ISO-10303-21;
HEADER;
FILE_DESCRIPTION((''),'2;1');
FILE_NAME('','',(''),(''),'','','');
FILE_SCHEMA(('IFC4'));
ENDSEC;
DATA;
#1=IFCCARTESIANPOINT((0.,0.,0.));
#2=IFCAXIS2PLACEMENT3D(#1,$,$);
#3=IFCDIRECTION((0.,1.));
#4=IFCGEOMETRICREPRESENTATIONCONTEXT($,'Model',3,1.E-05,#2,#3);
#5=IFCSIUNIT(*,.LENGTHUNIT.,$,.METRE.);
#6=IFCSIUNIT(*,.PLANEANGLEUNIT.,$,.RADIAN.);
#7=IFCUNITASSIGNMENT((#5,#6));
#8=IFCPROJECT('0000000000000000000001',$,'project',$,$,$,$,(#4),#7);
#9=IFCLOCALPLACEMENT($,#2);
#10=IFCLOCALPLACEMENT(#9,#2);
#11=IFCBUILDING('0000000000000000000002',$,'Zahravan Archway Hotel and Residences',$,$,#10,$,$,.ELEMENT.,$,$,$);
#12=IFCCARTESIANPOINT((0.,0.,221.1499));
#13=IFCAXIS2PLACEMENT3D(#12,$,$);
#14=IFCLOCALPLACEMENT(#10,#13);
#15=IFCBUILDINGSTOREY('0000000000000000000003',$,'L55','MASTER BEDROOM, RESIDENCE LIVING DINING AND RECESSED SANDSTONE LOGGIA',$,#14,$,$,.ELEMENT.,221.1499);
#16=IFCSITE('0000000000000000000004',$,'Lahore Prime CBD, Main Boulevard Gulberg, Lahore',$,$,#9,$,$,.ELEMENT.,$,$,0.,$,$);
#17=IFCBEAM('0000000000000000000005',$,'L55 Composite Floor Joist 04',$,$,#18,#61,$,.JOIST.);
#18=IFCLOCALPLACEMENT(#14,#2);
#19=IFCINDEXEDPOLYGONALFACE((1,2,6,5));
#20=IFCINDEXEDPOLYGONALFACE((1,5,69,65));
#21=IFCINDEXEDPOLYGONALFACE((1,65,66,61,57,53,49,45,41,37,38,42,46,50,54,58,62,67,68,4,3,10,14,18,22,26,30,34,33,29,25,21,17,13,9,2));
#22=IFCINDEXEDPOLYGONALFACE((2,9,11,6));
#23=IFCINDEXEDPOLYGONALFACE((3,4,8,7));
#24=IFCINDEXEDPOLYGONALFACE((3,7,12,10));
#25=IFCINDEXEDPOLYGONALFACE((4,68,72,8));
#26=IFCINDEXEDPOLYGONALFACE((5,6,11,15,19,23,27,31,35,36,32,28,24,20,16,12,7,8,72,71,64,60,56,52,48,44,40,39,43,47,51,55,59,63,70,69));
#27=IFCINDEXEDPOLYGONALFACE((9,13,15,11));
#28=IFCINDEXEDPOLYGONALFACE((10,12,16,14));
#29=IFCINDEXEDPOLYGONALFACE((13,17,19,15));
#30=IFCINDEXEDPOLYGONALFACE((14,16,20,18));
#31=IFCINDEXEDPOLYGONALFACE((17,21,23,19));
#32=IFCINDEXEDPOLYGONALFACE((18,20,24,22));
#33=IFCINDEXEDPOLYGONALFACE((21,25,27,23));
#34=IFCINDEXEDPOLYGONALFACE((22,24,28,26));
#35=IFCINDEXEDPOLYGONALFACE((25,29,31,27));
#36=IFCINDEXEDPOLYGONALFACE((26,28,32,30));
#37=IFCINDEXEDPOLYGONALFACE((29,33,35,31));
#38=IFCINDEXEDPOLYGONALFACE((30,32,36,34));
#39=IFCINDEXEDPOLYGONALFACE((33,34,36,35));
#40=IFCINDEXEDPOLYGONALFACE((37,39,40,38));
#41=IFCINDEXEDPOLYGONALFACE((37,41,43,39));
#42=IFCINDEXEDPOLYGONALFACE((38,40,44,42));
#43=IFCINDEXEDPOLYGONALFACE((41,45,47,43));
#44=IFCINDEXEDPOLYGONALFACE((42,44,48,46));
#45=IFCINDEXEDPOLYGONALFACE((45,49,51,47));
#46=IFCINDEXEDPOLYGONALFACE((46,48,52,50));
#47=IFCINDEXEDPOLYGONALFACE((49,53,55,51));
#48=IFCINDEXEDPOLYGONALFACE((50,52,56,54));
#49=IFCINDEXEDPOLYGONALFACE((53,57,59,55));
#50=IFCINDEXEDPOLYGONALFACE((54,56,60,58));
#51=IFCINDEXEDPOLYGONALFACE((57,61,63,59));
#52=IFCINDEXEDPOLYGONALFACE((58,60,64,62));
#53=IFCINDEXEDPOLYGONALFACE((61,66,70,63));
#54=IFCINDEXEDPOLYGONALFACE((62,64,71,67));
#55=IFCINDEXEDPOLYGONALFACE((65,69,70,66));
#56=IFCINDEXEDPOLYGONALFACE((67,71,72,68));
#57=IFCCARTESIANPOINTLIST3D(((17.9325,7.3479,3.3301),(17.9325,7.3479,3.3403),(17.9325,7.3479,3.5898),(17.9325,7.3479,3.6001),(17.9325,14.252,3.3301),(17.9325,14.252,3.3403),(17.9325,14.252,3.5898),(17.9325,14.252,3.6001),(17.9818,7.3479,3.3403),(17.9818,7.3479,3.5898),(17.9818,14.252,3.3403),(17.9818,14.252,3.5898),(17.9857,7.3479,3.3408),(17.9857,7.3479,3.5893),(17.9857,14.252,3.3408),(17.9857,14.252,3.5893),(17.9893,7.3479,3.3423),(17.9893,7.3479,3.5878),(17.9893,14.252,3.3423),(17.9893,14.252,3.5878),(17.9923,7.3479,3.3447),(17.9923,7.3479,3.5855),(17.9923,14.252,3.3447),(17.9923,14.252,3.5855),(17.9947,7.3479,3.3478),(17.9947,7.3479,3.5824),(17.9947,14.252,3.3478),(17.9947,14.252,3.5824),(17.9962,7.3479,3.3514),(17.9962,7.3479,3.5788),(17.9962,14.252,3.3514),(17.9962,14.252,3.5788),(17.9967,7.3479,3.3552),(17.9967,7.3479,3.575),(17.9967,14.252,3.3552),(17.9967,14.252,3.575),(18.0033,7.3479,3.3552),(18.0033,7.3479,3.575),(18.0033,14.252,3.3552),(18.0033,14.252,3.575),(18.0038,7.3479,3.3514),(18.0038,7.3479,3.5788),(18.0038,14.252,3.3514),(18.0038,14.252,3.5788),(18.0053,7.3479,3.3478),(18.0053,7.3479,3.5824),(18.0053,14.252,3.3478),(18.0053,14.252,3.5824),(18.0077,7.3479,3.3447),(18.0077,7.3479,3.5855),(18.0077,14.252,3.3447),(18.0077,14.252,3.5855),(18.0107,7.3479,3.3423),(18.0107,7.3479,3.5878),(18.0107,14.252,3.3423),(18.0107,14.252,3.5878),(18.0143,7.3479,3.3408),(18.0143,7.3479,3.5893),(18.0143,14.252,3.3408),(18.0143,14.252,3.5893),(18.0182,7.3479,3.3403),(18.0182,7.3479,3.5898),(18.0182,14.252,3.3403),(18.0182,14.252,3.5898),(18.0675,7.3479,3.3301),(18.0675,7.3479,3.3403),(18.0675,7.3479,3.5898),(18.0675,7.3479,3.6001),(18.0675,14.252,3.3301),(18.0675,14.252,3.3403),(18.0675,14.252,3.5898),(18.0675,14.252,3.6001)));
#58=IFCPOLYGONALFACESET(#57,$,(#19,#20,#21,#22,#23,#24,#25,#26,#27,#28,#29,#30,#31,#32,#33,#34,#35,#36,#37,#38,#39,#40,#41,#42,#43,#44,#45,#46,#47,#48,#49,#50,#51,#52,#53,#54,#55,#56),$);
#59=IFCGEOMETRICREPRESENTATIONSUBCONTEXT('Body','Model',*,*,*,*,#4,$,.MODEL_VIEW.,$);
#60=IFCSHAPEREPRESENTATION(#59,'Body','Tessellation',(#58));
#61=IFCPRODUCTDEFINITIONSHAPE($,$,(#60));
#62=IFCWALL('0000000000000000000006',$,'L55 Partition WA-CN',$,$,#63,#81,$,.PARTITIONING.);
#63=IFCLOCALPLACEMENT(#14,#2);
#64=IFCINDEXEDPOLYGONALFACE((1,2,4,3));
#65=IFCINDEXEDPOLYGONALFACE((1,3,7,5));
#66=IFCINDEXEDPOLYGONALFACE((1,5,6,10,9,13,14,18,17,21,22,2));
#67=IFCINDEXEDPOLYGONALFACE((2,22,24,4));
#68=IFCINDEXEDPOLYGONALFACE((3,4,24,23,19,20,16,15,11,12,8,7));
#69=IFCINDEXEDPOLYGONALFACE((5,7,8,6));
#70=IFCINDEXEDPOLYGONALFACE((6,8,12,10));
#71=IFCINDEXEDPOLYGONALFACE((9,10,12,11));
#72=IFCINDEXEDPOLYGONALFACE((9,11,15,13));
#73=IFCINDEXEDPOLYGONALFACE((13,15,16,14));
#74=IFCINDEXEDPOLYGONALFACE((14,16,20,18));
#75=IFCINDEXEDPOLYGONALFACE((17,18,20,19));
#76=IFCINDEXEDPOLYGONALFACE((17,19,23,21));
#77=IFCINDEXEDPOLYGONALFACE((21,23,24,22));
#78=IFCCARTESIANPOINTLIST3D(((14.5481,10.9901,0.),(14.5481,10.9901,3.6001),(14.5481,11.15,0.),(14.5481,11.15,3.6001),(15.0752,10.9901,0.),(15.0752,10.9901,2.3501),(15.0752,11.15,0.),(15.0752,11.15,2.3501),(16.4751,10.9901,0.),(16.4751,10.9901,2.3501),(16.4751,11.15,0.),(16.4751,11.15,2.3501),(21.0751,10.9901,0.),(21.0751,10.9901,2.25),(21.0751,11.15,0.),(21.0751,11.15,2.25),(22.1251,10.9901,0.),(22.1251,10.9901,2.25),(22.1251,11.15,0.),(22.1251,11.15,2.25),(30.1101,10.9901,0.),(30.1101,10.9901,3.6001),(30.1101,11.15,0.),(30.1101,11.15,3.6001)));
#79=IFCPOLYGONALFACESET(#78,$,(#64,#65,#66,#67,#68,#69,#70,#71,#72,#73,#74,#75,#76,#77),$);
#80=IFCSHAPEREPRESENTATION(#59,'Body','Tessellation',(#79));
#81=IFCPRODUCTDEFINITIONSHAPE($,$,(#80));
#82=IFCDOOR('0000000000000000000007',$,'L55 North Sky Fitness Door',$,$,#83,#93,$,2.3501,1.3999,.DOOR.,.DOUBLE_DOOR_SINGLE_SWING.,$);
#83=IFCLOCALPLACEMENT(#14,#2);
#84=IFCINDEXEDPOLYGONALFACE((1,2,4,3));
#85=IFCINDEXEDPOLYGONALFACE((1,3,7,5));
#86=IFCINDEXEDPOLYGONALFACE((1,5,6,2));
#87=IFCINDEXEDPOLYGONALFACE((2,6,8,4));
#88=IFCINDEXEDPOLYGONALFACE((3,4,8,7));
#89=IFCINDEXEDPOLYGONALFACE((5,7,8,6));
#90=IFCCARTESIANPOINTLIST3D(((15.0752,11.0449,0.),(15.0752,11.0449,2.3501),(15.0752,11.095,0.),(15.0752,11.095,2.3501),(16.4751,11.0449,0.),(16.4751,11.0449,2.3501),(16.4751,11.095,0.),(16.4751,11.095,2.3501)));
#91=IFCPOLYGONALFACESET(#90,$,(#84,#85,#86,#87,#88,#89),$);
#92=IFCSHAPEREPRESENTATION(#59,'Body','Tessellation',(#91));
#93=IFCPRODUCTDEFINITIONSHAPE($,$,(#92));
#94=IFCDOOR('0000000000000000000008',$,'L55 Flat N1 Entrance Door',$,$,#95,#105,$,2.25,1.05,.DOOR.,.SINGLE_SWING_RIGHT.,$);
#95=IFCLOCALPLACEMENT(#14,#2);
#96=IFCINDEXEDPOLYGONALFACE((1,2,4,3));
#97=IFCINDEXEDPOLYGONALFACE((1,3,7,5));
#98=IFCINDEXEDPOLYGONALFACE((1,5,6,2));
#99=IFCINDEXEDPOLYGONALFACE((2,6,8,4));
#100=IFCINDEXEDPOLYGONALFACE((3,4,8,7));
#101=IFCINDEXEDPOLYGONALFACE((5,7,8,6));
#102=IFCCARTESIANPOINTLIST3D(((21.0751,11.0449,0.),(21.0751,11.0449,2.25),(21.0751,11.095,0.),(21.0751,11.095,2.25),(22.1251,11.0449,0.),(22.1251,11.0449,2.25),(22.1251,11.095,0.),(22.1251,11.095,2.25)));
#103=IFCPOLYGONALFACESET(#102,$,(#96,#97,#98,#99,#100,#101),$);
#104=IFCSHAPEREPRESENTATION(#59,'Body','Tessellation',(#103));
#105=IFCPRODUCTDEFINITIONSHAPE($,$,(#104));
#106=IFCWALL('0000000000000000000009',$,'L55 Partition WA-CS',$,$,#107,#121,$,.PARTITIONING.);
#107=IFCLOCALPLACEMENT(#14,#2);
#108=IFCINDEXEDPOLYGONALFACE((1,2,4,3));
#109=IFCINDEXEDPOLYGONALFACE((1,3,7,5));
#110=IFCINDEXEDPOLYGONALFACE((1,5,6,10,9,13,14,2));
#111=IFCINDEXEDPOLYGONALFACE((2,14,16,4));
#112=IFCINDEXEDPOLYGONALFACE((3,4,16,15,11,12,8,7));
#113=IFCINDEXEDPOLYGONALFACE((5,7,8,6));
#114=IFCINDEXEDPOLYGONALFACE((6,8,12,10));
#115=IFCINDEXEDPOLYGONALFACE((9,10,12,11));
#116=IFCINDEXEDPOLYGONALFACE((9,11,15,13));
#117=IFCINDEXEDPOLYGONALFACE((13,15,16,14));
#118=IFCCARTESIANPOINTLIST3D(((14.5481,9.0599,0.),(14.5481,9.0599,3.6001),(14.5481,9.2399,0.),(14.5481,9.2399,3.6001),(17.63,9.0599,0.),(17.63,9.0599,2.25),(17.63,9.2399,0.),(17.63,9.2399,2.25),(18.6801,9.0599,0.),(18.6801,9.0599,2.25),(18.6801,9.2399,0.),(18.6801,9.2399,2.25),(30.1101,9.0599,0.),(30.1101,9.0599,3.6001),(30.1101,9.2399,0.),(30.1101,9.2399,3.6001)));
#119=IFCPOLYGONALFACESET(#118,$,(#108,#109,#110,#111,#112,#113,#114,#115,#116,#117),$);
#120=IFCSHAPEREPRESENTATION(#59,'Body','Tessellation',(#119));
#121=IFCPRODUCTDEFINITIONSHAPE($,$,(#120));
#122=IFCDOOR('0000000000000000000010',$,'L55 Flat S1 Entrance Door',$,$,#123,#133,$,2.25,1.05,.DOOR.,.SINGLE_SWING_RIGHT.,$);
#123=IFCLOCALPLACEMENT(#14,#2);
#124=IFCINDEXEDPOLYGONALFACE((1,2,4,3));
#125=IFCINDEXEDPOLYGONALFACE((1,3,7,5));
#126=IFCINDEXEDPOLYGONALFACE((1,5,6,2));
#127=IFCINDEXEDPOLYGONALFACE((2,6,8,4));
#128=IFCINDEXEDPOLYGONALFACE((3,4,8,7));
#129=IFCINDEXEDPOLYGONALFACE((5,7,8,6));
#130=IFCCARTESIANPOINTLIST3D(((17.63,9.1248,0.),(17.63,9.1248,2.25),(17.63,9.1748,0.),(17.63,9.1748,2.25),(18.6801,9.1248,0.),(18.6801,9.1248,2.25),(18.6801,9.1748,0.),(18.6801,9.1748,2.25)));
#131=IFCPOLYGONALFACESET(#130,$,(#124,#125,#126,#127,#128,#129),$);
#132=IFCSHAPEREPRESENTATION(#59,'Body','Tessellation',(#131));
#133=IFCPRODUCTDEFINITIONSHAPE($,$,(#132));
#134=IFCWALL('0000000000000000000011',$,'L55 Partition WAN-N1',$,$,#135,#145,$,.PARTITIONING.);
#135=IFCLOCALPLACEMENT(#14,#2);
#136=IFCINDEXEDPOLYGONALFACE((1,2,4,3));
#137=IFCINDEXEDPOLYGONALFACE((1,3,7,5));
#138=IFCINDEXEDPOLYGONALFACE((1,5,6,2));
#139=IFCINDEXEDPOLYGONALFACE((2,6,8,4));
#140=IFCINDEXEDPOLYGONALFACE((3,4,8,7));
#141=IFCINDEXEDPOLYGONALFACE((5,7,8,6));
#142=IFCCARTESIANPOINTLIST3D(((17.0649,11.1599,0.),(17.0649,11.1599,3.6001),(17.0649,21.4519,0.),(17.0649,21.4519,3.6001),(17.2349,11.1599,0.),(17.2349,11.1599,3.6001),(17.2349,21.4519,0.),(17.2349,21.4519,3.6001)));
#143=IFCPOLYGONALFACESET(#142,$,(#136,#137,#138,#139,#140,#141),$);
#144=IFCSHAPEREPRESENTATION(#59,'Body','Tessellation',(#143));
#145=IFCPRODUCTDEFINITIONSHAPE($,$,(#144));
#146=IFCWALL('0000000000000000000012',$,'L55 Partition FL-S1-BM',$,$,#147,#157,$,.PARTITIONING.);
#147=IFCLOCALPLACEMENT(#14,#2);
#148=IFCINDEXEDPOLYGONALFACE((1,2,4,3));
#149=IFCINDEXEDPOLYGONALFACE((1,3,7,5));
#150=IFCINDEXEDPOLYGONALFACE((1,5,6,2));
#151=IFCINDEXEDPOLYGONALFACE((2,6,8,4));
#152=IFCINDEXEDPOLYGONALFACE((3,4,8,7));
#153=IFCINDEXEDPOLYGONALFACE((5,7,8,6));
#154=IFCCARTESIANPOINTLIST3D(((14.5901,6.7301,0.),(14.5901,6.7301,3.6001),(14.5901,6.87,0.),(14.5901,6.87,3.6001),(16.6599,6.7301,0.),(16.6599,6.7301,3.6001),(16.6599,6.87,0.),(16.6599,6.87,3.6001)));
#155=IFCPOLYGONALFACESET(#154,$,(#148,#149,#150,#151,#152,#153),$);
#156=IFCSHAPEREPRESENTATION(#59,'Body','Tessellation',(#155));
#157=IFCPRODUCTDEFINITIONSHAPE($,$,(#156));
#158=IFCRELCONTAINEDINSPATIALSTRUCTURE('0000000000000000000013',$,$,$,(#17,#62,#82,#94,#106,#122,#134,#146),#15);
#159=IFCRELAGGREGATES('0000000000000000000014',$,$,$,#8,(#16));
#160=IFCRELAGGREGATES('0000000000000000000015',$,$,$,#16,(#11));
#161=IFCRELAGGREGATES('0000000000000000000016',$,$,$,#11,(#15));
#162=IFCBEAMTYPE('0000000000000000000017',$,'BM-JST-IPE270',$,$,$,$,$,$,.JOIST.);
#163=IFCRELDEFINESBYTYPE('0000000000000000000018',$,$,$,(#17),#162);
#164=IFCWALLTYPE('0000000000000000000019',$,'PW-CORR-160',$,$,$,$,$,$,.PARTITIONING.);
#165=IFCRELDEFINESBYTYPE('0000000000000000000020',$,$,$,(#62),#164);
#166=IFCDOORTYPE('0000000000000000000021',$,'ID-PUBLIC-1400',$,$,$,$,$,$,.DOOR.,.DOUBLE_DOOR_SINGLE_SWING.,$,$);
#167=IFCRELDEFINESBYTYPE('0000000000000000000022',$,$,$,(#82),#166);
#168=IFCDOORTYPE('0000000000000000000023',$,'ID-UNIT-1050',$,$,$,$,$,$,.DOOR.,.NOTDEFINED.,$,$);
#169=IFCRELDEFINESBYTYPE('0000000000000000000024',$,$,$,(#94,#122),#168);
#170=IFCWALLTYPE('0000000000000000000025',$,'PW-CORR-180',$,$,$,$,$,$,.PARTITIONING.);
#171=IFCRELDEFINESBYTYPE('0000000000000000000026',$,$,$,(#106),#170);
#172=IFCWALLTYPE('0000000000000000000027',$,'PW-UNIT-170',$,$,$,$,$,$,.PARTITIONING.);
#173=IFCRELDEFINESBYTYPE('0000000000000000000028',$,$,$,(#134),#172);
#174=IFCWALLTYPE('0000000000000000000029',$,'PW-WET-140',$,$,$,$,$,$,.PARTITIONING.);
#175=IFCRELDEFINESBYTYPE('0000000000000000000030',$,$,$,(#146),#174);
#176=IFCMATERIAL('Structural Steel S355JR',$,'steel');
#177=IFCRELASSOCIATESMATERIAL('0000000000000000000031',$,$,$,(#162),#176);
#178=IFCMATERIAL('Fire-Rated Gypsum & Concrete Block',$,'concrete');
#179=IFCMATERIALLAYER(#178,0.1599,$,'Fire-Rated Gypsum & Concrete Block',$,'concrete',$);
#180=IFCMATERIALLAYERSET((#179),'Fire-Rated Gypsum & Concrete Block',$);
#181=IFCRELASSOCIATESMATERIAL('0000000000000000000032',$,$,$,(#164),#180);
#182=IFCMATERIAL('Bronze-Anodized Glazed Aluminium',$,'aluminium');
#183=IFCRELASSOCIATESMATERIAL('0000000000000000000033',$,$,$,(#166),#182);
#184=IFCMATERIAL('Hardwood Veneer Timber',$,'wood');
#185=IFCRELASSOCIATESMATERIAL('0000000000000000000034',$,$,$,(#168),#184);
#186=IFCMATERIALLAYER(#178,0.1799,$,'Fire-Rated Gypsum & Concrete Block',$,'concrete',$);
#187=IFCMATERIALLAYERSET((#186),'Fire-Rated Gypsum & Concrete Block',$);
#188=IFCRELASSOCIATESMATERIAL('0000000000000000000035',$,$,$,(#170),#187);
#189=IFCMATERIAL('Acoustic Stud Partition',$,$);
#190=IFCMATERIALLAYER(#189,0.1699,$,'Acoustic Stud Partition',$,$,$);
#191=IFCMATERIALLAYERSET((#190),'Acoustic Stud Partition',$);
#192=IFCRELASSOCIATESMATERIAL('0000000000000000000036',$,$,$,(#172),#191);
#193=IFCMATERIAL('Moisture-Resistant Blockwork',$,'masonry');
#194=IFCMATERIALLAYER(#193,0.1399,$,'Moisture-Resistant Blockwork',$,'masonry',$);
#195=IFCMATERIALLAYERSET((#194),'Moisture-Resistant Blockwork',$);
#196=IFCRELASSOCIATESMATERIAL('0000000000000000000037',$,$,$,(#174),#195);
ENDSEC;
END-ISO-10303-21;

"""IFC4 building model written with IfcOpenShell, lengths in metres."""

from ifc_helpers import new_model, si_unit, direction, frame, frame_2d, origin, origin_2d, place, context, subcontext, project, spatial, rectangle, i_section, extrude, source, transform, mapped, material, layer, layer_set, material_profile, profile_set, type_object, type_shapes, element, fill, save


model = new_model("IFC4")

# Units and contexts
model_context = context("Model", 3, precision=1e-05, world=origin(), true_north=direction((0.0, 1.0)))
body_context = subcontext(model_context, "Body", "Model", "MODEL_VIEW")
ifc_project = project(units=[si_unit("LENGTHUNIT", "METRE"), si_unit("PLANEANGLEUNIT", "RADIAN")], contexts=[model_context])

# Site, building, storey
site_placement = place(None, origin())
site = spatial("IfcSite", under=ifc_project, at=site_placement, Name="Lahore Prime CBD, Main Boulevard Gulberg, Lahore", CompositionType="ELEMENT", RefElevation=0.0)
building_placement = place(site_placement, origin())
building = spatial("IfcBuilding", under=site, at=building_placement, Name="Zahravan Archway Hotel and Residences", CompositionType="ELEMENT")
storey_placement = place(building_placement, frame((0.0, 0.0, 221.1499)))
storey = spatial("IfcBuildingStorey", under=building, at=storey_placement, Name="L55", Description="MASTER BEDROOM, RESIDENCE LIVING DINING AND RECESSED SANDSTONE LOGGIA", CompositionType="ELEMENT", Elevation=221.1499)

# Beam
ifc_material_1 = material(Name="Structural Steel S355JR", Category="steel")
ifc_material_profile_1 = material_profile(ifc_material_1, i_section(OverallWidth=0.135, OverallDepth=0.27, WebThickness=0.0066, FlangeThickness=0.0103, FilletRadius=0.0149, at=origin_2d()), Name="IPE 270", Category="steel")
ifc_profile_set_1 = profile_set([ifc_material_profile_1], Name="Structural Steel S355JR")
beam_type_1 = type_object("IfcBeamType", Name="BM-JST-IPE270", PredefinedType="JOIST", material=ifc_profile_set_1)
shared_shape_1 = source(origin(), body_context, "Body", "SweptSolid", [
    extrude(i_section(OverallWidth=0.135, OverallDepth=0.27, WebThickness=0.0066, FlangeThickness=0.0103, FilletRadius=0.0149, at=origin_2d()), origin(), (0.0, 0.0, 1.0), 6.9041),
])
type_shapes(beam_type_1, [shared_shape_1])
beam_1_placement = place(storey_placement, frame((18.0, 7.3479, 3.4651), z_axis=(0.0, 1.0, 0.0), x_axis=(-1.0, 0.0, 0.0)))
element("IfcBeam", 1, at=beam_1_placement, inside=storey, type_object=beam_type_1, Name="L55 Composite Floor Joist 04", PredefinedType="JOIST", context=body_context, shape_type="MappedRepresentation", body=[
    mapped(shared_shape_1, transform((0.0, 0.0, 0.0), scale=1.0)),
])

# Wall, openings, doors
ifc_material_2 = material(Name="Fire-Rated Gypsum & Concrete Block", Category="concrete")
ifc_layer_1 = layer(ifc_material_2, 0.1599, Name="Fire-Rated Gypsum & Concrete Block", Category="concrete")
ifc_layer_set_1 = layer_set([ifc_layer_1], Name="Fire-Rated Gypsum & Concrete Block")
wall_type_1 = type_object("IfcWallType", Name="PW-CORR-160", PredefinedType="PARTITIONING", material=ifc_layer_set_1)
wall_1_placement = place(storey_placement, frame((14.5481, 11.0701, 0.0), z_axis=(0.0, 0.0, 1.0), x_axis=(1.0, 0.0, 0.0)))
wall_1 = element("IfcWall", 2, at=wall_1_placement, inside=storey, type_object=wall_type_1, Name="L55 Partition WA-CN", PredefinedType="PARTITIONING", context=body_context, shape_type="SweptSolid", body=[
    extrude(rectangle(XDim=15.562, YDim=0.1599, at=frame_2d((7.781, 0.0))), origin(), (0.0, 0.0, 1.0), 3.6001),
])
opening_1_placement = place(wall_1_placement, frame((0.5271, 0.0, 0.0)))
opening_1 = element("IfcOpeningElement", 3, at=opening_1_placement, cuts=wall_1, PredefinedType="OPENING", context=body_context, shape_type="SweptSolid", body=[
    extrude(rectangle(XDim=1.3999, YDim=2.3501, at=frame_2d((0.7, 1.175))), frame((0.0, 0.0898, 0.0), z_axis=(0.0, -1.0, 0.0), x_axis=(1.0, 0.0, 0.0)), (0.0, 0.0, 1.0), 0.1799),
])
opening_2_placement = place(wall_1_placement, frame((6.5271, 0.0, 0.0)))
opening_2 = element("IfcOpeningElement", 4, at=opening_2_placement, cuts=wall_1, PredefinedType="OPENING", context=body_context, shape_type="SweptSolid", body=[
    extrude(rectangle(XDim=1.05, YDim=2.25, at=frame_2d((0.5249, 1.125))), frame((0.0, 0.0898, 0.0), z_axis=(0.0, -1.0, 0.0), x_axis=(1.0, 0.0, 0.0)), (0.0, 0.0, 1.0), 0.1799),
])
ifc_material_3 = material(Name="Bronze-Anodized Glazed Aluminium", Category="aluminium")
door_type_1 = type_object("IfcDoorType", Name="ID-PUBLIC-1400", OperationType="DOUBLE_DOOR_SINGLE_SWING", PredefinedType="DOOR", material=ifc_material_3)
shared_shape_2 = source(origin(), body_context, "Body", "SweptSolid", [
    extrude(rectangle(XDim=1.3999, YDim=2.3501, at=frame_2d((0.7, 1.175))), frame((0.0, 0.0249, 0.0), z_axis=(0.0, -1.0, 0.0), x_axis=(1.0, 0.0, 0.0)), (0.0, 0.0, 1.0), 0.05),
])
type_shapes(door_type_1, [shared_shape_2])
door_1_placement = place(opening_1_placement, origin())
door_1 = element("IfcDoor", 5, at=door_1_placement, inside=storey, type_object=door_type_1, Name="L55 North Sky Fitness Door", OperationType="DOUBLE_DOOR_SINGLE_SWING", OverallHeight=2.3501, OverallWidth=1.3999, PredefinedType="DOOR", context=body_context, shape_type="MappedRepresentation", body=[
    mapped(shared_shape_2, transform((0.0, 0.0, 0.0), scale=1.0)),
])
fill(opening_1, door_1)
ifc_material_4 = material(Name="Hardwood Veneer Timber", Category="wood")
door_type_2 = type_object("IfcDoorType", Name="ID-UNIT-1050", OperationType="NOTDEFINED", PredefinedType="DOOR", material=ifc_material_4)
shared_shape_3 = source(origin(), body_context, "Body", "SweptSolid", [
    extrude(rectangle(XDim=1.05, YDim=2.25, at=frame_2d((0.5249, 1.125))), frame((0.0, 0.0249, 0.0), z_axis=(0.0, -1.0, 0.0), x_axis=(1.0, 0.0, 0.0)), (0.0, 0.0, 1.0), 0.05),
])
type_shapes(door_type_2, [shared_shape_3])
door_2_placement = place(opening_2_placement, origin())
door_2 = element("IfcDoor", 6, at=door_2_placement, inside=storey, type_object=door_type_2, Name="L55 Flat N1 Entrance Door", OperationType="SINGLE_SWING_RIGHT", OverallHeight=2.25, OverallWidth=1.05, PredefinedType="DOOR", context=body_context, shape_type="MappedRepresentation", body=[
    mapped(shared_shape_3, transform((0.0, 0.0, 0.0), scale=1.0)),
])
fill(opening_2, door_2)

# Wall, opening, door
ifc_layer_2 = layer(ifc_material_2, 0.1799, Name="Fire-Rated Gypsum & Concrete Block", Category="concrete")
ifc_layer_set_2 = layer_set([ifc_layer_2], Name="Fire-Rated Gypsum & Concrete Block")
wall_type_2 = type_object("IfcWallType", Name="PW-CORR-180", PredefinedType="PARTITIONING", material=ifc_layer_set_2)
wall_2_placement = place(storey_placement, frame((14.5481, 9.1499, 0.0), z_axis=(0.0, 0.0, 1.0), x_axis=(1.0, 0.0, 0.0)))
wall_2 = element("IfcWall", 7, at=wall_2_placement, inside=storey, type_object=wall_type_2, Name="L55 Partition WA-CS", PredefinedType="PARTITIONING", context=body_context, shape_type="SweptSolid", body=[
    extrude(rectangle(XDim=15.562, YDim=0.1799, at=frame_2d((7.781, 0.0))), origin(), (0.0, 0.0, 1.0), 3.6001),
])
opening_3_placement = place(wall_2_placement, frame((3.082, 0.0, 0.0)))
opening_3 = element("IfcOpeningElement", 8, at=opening_3_placement, cuts=wall_2, PredefinedType="OPENING", context=body_context, shape_type="SweptSolid", body=[
    extrude(rectangle(XDim=1.05, YDim=2.25, at=frame_2d((0.5249, 1.125))), frame((0.0, 0.1001, 0.0), z_axis=(0.0, -1.0, 0.0), x_axis=(1.0, 0.0, 0.0)), (0.0, 0.0, 1.0), 0.2),
])
door_3_placement = place(opening_3_placement, origin())
door_3 = element("IfcDoor", 9, at=door_3_placement, inside=storey, type_object=door_type_2, Name="L55 Flat S1 Entrance Door", OperationType="SINGLE_SWING_RIGHT", OverallHeight=2.25, OverallWidth=1.05, PredefinedType="DOOR", context=body_context, shape_type="MappedRepresentation", body=[
    mapped(shared_shape_3, transform((0.0, 0.0, 0.0), scale=1.0)),
])
fill(opening_3, door_3)

# Walls
ifc_material_5 = material(Name="Acoustic Stud Partition")
ifc_layer_3 = layer(ifc_material_5, 0.1699, Name="Acoustic Stud Partition")
ifc_layer_set_3 = layer_set([ifc_layer_3], Name="Acoustic Stud Partition")
wall_type_3 = type_object("IfcWallType", Name="PW-UNIT-170", PredefinedType="PARTITIONING", material=ifc_layer_set_3)
wall_3_placement = place(storey_placement, frame((17.1499, 11.1599, 0.0), z_axis=(0.0, 0.0, 1.0), x_axis=(0.0, 1.0, 0.0)))
element("IfcWall", 10, at=wall_3_placement, inside=storey, type_object=wall_type_3, Name="L55 Partition WAN-N1", PredefinedType="PARTITIONING", context=body_context, shape_type="SweptSolid", body=[
    extrude(rectangle(XDim=10.292, YDim=0.1699, at=frame_2d((5.146, 0.0))), origin(), (0.0, 0.0, 1.0), 3.6001),
])
ifc_material_6 = material(Name="Moisture-Resistant Blockwork", Category="masonry")
ifc_layer_4 = layer(ifc_material_6, 0.1399, Name="Moisture-Resistant Blockwork", Category="masonry")
ifc_layer_set_4 = layer_set([ifc_layer_4], Name="Moisture-Resistant Blockwork")
wall_type_4 = type_object("IfcWallType", Name="PW-WET-140", PredefinedType="PARTITIONING", material=ifc_layer_set_4)
wall_4_placement = place(storey_placement, frame((14.5901, 6.8, 0.0), z_axis=(0.0, 0.0, 1.0), x_axis=(1.0, 0.0, 0.0)))
element("IfcWall", 11, at=wall_4_placement, inside=storey, type_object=wall_type_4, Name="L55 Partition FL-S1-BM", PredefinedType="PARTITIONING", context=body_context, shape_type="SweptSolid", body=[
    extrude(rectangle(XDim=2.0698, YDim=0.1399, at=frame_2d((1.0349, 0.0))), origin(), (0.0, 0.0, 1.0), 3.6001),
])

save(model, "model.ifc")
